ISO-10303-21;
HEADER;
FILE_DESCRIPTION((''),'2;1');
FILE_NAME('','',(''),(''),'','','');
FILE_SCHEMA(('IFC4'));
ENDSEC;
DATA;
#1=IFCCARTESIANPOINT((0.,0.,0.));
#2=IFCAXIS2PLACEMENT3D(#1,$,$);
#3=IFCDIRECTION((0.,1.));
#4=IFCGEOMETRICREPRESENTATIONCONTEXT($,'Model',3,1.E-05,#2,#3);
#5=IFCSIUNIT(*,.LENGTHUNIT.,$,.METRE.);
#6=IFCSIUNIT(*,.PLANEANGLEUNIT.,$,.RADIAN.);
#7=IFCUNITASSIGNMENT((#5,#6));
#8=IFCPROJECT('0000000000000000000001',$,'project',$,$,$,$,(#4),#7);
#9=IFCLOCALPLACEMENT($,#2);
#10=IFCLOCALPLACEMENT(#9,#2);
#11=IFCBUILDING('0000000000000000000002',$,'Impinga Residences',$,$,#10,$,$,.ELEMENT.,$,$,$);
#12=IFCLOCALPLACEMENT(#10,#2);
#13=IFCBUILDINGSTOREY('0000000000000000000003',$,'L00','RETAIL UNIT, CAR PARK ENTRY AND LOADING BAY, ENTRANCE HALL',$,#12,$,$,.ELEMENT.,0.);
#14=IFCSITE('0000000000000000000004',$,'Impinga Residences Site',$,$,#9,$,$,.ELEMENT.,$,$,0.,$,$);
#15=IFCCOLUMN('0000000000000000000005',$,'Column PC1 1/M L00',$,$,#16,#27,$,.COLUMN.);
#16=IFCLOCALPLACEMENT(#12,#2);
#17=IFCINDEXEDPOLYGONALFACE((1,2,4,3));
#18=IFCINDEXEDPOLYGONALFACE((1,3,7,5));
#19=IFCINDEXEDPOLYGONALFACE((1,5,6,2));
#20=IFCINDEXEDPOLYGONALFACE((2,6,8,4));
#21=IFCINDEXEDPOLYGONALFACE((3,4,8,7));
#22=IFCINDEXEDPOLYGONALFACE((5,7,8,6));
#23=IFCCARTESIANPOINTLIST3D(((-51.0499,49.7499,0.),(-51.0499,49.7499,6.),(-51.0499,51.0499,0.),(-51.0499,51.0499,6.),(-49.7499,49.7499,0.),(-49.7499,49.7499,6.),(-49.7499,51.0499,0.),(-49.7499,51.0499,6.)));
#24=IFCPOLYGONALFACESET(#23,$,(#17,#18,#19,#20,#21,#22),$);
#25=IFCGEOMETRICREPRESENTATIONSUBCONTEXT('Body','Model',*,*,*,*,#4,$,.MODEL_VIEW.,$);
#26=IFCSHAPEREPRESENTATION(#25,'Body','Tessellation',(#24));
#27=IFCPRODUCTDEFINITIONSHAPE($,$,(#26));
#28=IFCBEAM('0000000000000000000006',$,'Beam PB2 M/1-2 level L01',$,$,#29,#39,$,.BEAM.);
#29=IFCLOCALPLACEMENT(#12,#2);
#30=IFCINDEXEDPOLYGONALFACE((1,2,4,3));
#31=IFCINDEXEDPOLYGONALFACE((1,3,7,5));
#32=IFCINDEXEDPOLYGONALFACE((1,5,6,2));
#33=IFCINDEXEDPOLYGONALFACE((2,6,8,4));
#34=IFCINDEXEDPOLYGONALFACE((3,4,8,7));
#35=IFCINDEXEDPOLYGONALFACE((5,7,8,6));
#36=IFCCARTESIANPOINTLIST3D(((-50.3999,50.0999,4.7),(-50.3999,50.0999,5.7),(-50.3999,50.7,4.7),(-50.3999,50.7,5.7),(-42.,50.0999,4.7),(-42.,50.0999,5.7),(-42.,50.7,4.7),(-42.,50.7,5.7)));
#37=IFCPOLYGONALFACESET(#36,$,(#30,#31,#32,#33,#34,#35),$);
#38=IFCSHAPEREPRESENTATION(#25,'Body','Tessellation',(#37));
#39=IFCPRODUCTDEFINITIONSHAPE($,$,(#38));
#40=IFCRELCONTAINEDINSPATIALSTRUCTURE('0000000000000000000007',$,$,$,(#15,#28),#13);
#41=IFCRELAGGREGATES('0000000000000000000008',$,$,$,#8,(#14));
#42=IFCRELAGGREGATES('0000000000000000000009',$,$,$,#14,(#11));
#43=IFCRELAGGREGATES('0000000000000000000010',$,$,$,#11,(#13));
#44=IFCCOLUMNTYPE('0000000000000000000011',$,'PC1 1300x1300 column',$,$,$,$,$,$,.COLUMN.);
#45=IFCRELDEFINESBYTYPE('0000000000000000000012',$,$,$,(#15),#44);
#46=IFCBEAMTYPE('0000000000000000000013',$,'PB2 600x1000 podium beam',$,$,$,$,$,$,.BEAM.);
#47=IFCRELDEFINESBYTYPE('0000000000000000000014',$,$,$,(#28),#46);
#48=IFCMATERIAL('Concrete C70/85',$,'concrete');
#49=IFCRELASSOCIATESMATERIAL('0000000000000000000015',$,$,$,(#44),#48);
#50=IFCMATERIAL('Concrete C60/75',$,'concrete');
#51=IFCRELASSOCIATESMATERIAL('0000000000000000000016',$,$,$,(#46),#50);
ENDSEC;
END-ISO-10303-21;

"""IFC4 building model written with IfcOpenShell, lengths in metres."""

from ifc_helpers import new_model, si_unit, direction, frame, origin, origin_2d, place, context, subcontext, project, spatial, rectangle, extrude, material, material_profile, profile_set, type_object, element, save


model = new_model("IFC4")

# Units and contexts
model_context = context("Model", 3, precision=1e-05, world=origin(), true_north=direction((0.0, 1.0)))
body_context = subcontext(model_context, "Body", "Model", "MODEL_VIEW")
ifc_project = project(units=[si_unit("LENGTHUNIT", "METRE"), si_unit("PLANEANGLEUNIT", "RADIAN")], contexts=[model_context])

# Site, building, storey
site_placement = place(None, origin())
site = spatial("IfcSite", under=ifc_project, at=site_placement, Name="Impinga Residences Site", CompositionType="ELEMENT", RefElevation=0.0)
building_placement = place(site_placement, origin())
building = spatial("IfcBuilding", under=site, at=building_placement, Name="Impinga Residences", CompositionType="ELEMENT")
storey_placement = place(building_placement, origin())
storey = spatial("IfcBuildingStorey", under=building, at=storey_placement, Name="L00", Description="RETAIL UNIT, CAR PARK ENTRY AND LOADING BAY, ENTRANCE HALL", CompositionType="ELEMENT", Elevation=0.0)

# Column
ifc_material_1 = material(Name="Concrete C70/85", Category="concrete")
ifc_material_profile_1 = material_profile(ifc_material_1, rectangle(XDim=1.3, YDim=1.3, at=origin_2d()), Name="RC 1300x1300")
ifc_profile_set_1 = profile_set([ifc_material_profile_1], Name="Concrete C70/85")
column_type = type_object("IfcColumnType", Name="PC1 1300x1300 column", PredefinedType="COLUMN", material=ifc_profile_set_1)
column_placement = place(storey_placement, frame((-50.3999, 50.3999, 0.0), z_axis=(0.0, 0.0, 1.0), x_axis=(1.0, 0.0, 0.0)))
element("IfcColumn", 1, at=column_placement, inside=storey, type_object=column_type, Name="Column PC1 1/M L00", PredefinedType="COLUMN", context=body_context, shape_type="SweptSolid", body=[
    extrude(rectangle(XDim=1.3, YDim=1.3, at=origin_2d()), origin(), (0.0, 0.0, 1.0), 6.0),
])

# Beam
ifc_material_2 = material(Name="Concrete C60/75", Category="concrete")
ifc_material_profile_2 = material_profile(ifc_material_2, rectangle(XDim=0.6001, YDim=1.0, at=origin_2d()), Name="RC 600x1000")
ifc_profile_set_2 = profile_set([ifc_material_profile_2], Name="Concrete C60/75")
beam_type = type_object("IfcBeamType", Name="PB2 600x1000 podium beam", PredefinedType="BEAM", material=ifc_profile_set_2)
beam_placement = place(storey_placement, frame((-50.3999, 50.3999, 5.2), z_axis=(1.0, 0.0, 0.0), x_axis=(0.0, 1.0, 0.0)))
element("IfcBeam", 2, at=beam_placement, inside=storey, type_object=beam_type, Name="Beam PB2 M/1-2 level L01", PredefinedType="BEAM", context=body_context, shape_type="SweptSolid", body=[
    extrude(rectangle(XDim=0.6001, YDim=1.0, at=origin_2d()), origin(), (0.0, 0.0, 1.0), 8.3999),
])

save(model, "model.ifc")
